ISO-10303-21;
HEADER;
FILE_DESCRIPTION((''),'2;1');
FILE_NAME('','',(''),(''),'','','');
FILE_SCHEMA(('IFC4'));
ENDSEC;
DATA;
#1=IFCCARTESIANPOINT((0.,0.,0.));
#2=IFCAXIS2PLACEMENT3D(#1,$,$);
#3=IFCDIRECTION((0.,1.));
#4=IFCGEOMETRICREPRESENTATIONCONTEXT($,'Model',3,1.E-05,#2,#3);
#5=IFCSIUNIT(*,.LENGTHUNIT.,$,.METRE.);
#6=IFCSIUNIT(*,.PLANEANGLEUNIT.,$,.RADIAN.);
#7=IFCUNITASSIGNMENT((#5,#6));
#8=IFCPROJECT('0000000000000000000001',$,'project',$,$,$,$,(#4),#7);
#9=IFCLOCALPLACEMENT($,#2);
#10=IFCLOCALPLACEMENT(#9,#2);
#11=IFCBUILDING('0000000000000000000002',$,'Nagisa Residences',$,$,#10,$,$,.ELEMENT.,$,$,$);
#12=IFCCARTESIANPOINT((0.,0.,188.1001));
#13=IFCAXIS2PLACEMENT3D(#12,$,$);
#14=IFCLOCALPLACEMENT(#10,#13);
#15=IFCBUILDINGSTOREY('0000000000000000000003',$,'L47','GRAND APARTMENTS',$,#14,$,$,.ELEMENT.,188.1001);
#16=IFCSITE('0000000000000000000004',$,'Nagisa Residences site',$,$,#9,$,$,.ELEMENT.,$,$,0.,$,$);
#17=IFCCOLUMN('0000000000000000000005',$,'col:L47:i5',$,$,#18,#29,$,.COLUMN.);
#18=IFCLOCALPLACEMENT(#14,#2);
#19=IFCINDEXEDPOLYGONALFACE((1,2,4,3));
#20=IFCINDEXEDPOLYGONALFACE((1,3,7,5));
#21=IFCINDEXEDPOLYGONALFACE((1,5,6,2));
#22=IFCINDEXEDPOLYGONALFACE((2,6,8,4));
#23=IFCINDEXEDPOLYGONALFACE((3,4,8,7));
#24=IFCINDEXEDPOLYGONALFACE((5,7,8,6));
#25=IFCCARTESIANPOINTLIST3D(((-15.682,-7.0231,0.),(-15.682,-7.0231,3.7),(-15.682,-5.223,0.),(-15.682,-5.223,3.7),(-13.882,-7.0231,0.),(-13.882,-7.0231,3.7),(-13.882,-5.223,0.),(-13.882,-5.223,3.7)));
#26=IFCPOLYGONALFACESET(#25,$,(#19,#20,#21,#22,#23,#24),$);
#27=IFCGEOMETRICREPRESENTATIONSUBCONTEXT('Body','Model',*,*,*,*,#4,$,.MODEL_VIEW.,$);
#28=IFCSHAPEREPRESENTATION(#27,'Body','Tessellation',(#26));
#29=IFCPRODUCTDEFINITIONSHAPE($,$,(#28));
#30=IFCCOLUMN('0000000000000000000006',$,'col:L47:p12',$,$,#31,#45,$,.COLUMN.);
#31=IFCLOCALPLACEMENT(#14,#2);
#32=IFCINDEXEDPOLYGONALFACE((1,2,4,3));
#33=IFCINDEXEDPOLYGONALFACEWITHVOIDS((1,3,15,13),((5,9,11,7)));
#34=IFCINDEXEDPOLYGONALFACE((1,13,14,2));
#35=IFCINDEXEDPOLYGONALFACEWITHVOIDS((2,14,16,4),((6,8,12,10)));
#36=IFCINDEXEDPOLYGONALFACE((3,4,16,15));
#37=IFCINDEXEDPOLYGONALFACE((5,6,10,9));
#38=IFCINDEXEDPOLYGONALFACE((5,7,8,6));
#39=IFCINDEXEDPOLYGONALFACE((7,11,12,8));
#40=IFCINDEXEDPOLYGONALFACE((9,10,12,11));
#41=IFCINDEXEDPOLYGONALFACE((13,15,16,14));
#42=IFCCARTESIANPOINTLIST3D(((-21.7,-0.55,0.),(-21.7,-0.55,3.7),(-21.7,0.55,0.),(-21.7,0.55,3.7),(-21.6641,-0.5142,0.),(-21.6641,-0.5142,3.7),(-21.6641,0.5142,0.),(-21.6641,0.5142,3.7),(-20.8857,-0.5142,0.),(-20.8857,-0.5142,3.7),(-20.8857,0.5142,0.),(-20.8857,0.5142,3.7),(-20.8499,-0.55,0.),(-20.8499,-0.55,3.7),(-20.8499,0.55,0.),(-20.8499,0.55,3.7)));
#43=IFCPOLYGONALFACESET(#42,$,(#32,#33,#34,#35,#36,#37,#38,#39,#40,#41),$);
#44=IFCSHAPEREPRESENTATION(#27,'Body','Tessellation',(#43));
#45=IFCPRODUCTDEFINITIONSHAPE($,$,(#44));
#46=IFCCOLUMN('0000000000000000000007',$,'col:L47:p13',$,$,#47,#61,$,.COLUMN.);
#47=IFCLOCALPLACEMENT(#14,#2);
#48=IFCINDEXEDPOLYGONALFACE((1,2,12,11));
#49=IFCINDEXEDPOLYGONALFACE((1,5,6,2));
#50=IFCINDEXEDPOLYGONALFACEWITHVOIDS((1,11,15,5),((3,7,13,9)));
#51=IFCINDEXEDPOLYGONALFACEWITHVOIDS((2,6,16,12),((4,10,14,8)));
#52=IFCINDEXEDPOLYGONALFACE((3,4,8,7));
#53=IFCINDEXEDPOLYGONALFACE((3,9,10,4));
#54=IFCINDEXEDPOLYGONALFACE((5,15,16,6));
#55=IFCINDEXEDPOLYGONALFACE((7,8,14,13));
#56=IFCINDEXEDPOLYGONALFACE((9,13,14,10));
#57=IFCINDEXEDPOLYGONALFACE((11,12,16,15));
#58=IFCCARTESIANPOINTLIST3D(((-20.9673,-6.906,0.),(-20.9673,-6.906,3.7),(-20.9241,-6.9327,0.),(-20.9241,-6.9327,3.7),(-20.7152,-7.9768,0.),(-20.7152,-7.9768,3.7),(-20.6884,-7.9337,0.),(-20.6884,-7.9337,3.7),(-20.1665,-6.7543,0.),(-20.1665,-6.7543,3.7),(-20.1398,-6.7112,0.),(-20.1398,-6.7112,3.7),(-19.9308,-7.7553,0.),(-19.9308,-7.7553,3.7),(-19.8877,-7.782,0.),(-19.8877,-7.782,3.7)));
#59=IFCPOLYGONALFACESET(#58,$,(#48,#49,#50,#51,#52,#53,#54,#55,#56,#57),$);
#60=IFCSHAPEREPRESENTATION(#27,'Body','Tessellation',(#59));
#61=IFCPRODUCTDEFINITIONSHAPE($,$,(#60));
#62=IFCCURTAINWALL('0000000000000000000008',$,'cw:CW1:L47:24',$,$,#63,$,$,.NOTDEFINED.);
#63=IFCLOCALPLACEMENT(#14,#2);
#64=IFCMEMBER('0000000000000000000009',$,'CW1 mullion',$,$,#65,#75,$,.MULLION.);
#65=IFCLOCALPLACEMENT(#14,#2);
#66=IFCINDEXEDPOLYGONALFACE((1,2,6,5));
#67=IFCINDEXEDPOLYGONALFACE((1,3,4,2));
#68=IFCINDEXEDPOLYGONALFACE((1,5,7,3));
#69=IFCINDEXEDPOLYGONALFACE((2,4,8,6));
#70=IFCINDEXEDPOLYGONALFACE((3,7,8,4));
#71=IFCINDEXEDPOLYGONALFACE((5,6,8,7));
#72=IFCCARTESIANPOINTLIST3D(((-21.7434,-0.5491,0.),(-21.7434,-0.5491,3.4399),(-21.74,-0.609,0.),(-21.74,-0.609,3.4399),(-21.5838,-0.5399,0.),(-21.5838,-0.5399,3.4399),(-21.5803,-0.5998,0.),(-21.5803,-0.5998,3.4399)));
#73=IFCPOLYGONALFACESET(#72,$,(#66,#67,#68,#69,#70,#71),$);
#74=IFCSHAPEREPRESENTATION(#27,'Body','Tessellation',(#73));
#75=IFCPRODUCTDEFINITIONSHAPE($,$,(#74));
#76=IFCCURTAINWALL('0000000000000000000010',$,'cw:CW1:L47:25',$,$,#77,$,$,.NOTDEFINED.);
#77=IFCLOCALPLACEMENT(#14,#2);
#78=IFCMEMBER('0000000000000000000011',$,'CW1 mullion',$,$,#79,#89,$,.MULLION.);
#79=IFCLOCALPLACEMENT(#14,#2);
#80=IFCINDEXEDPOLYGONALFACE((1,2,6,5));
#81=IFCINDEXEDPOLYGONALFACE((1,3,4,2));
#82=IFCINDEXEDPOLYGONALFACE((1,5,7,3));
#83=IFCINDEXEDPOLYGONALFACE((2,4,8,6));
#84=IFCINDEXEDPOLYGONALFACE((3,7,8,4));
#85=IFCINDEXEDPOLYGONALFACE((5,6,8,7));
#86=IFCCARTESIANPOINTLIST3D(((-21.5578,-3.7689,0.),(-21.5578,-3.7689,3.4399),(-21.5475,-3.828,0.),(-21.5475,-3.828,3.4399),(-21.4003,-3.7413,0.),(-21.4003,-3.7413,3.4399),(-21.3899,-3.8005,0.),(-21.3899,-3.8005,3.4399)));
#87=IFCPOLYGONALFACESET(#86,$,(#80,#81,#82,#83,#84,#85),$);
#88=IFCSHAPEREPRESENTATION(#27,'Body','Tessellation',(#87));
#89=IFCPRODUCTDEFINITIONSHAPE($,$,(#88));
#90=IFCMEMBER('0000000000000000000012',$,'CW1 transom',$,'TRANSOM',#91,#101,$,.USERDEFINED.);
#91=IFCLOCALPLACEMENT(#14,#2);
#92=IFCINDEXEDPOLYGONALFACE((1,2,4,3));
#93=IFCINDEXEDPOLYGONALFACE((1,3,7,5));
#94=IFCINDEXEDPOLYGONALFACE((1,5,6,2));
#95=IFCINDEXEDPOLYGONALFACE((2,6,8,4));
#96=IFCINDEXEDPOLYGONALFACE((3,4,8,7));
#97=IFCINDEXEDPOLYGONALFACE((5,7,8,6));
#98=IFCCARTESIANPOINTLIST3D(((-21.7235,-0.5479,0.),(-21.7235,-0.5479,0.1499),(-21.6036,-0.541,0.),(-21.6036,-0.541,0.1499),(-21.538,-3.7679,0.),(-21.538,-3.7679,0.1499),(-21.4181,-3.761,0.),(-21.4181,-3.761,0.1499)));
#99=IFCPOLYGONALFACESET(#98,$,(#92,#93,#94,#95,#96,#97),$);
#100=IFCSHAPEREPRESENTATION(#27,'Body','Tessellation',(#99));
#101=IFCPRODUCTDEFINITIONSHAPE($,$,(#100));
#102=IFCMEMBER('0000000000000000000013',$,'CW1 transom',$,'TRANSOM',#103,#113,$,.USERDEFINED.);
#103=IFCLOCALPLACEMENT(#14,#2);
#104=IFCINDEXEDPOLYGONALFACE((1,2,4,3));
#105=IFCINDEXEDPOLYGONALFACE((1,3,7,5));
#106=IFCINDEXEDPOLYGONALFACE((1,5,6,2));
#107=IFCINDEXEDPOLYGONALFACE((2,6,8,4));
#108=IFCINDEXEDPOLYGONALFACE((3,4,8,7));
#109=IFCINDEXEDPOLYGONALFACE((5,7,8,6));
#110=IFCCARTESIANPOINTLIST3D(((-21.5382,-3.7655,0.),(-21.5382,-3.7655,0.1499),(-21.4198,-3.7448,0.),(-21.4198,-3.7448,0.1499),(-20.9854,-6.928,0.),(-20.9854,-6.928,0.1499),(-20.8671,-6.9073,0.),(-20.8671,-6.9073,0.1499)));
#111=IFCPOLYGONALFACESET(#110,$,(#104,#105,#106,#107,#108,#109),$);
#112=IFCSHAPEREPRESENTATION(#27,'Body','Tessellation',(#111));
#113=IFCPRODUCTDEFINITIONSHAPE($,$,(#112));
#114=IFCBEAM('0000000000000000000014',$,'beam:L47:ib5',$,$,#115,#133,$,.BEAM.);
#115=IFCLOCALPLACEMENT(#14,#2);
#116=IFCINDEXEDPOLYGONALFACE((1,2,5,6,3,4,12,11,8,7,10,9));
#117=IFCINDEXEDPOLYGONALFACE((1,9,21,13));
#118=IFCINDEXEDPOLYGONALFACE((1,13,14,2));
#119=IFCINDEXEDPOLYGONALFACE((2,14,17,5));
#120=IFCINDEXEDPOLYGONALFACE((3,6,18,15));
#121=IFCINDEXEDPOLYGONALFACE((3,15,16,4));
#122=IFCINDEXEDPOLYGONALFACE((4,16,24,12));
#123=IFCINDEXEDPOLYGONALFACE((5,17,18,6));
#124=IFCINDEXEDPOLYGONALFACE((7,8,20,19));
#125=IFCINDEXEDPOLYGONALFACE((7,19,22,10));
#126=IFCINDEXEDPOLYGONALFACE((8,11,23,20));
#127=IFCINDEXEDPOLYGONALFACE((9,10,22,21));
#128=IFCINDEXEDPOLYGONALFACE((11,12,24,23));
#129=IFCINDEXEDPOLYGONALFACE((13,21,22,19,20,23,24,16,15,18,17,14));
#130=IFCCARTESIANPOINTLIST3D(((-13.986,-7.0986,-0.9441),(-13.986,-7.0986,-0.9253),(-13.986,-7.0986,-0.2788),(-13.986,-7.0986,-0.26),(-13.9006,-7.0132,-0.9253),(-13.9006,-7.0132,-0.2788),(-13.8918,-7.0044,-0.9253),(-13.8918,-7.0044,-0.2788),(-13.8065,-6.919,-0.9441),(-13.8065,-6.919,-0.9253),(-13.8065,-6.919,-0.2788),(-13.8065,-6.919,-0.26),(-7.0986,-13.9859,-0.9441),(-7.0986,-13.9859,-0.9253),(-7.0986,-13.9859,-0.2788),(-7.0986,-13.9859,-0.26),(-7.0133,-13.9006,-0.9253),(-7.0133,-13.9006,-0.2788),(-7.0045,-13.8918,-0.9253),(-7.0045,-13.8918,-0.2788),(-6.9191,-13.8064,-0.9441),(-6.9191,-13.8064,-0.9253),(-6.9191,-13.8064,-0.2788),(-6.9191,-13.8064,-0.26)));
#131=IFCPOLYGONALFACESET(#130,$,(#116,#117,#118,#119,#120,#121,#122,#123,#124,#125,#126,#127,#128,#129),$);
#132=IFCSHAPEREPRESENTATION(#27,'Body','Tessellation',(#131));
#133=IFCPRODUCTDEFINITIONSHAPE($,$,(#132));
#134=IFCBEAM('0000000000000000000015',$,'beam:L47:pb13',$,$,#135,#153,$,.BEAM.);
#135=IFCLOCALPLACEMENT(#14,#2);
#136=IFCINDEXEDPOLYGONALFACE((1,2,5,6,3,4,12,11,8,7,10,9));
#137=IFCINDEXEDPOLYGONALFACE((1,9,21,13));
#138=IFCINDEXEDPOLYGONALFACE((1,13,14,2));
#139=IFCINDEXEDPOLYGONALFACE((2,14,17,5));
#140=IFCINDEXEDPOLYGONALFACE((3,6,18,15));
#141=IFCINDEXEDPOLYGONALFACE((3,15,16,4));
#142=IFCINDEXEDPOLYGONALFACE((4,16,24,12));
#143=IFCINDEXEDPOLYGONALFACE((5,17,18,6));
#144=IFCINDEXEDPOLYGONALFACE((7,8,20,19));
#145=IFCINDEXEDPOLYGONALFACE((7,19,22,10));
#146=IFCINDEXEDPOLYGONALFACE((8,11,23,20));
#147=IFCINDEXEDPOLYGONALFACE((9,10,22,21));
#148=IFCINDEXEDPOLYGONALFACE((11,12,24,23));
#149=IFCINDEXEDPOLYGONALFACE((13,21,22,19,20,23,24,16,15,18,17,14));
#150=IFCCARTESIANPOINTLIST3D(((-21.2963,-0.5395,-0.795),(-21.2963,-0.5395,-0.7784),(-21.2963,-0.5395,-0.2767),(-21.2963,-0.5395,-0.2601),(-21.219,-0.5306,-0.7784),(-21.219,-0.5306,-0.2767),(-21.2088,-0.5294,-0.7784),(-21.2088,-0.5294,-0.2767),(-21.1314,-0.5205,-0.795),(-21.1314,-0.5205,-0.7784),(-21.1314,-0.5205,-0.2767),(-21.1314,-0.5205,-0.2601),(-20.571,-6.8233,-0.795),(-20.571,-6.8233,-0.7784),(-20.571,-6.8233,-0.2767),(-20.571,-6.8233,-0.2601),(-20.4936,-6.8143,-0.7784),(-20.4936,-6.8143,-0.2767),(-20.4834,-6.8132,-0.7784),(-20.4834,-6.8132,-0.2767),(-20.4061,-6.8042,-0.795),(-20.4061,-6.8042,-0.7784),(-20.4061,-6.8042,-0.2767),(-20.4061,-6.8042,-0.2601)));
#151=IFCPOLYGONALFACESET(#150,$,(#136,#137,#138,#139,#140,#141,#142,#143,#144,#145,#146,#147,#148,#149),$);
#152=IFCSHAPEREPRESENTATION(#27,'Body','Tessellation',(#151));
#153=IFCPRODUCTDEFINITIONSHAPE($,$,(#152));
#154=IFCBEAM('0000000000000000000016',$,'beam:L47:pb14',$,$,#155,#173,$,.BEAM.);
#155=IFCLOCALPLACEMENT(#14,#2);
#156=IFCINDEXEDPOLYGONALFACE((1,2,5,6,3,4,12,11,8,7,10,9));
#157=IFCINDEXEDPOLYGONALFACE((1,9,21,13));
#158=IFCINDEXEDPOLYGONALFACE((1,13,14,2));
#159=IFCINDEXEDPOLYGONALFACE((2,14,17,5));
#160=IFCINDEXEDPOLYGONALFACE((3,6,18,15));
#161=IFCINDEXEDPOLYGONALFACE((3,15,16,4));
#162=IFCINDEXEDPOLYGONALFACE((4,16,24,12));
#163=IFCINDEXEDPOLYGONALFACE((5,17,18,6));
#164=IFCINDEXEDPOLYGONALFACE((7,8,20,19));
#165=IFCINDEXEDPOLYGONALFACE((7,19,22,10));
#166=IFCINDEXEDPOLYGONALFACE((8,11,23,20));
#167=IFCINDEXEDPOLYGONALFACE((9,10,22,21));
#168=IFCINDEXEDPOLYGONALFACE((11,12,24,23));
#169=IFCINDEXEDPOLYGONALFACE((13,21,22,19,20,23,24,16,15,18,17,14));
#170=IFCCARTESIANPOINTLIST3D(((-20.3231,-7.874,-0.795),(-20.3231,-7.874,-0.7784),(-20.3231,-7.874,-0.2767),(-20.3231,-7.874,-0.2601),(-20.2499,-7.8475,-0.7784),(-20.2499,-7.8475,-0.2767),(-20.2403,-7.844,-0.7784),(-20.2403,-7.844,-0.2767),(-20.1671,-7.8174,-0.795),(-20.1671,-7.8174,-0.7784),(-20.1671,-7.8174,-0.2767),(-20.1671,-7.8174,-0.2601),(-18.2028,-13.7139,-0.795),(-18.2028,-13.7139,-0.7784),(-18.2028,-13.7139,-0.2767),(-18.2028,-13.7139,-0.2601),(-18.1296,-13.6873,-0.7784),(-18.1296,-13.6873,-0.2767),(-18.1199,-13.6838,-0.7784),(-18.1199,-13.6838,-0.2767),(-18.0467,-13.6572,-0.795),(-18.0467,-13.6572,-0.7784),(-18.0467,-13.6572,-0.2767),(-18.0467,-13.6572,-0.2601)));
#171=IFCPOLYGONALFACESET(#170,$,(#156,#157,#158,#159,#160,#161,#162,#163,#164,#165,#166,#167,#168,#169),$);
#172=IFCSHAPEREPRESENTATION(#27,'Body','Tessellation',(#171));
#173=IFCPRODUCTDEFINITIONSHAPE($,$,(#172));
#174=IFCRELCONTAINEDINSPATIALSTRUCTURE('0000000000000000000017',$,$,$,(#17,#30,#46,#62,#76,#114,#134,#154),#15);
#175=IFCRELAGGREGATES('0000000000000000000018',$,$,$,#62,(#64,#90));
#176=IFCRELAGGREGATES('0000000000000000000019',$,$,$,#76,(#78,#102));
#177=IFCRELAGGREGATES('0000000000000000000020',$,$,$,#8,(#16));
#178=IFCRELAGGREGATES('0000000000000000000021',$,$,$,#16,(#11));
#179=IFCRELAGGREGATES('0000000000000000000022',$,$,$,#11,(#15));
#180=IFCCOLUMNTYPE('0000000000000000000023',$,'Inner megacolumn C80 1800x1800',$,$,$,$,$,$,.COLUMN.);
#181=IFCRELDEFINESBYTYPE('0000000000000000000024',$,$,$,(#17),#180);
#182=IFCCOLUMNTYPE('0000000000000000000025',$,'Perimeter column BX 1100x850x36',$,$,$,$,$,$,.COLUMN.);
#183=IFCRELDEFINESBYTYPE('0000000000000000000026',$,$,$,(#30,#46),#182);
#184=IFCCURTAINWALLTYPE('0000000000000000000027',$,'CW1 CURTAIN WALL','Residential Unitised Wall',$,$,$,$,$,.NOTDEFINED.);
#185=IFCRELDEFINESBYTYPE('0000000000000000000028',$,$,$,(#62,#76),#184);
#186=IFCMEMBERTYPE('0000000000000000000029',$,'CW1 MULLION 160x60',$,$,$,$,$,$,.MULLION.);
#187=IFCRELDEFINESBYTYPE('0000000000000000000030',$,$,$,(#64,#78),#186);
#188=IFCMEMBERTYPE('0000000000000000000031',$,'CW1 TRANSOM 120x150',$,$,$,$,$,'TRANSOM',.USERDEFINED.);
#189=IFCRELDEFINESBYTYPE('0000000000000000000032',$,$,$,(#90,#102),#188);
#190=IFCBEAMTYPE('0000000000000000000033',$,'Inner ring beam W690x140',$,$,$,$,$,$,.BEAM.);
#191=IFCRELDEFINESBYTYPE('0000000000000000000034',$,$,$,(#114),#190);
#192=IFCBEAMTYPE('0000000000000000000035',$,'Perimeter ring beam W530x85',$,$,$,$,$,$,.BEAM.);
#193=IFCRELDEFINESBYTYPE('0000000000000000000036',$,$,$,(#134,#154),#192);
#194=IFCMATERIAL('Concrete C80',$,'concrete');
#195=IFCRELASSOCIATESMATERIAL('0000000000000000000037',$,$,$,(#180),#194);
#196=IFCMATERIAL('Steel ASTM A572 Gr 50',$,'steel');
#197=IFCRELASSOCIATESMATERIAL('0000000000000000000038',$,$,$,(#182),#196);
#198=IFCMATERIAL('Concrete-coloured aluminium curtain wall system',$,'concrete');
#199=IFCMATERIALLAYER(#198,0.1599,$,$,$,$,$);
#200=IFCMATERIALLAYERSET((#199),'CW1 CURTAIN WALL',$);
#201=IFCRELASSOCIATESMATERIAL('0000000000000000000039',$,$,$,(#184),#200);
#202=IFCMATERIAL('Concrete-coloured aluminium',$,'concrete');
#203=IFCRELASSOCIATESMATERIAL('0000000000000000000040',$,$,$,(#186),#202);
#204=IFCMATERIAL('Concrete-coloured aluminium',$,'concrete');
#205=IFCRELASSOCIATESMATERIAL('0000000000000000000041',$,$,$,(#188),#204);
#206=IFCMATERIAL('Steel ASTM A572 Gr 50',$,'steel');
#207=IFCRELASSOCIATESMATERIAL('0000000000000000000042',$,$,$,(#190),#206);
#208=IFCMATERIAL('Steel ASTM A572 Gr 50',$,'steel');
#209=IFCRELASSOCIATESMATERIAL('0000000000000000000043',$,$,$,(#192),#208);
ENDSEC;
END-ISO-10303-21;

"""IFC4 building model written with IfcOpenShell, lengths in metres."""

from ifc_helpers import new_model, si_unit, direction, frame, origin, origin_2d, place, context, subcontext, project, spatial, rectangle, hollow_rectangle, i_section, extrude, material, layer, layer_set, material_profile, profile_set, type_object, element, aggregate, save


model = new_model("IFC4")

# Units and contexts
model_context = context("Model", 3, precision=1e-05, world=origin(), true_north=direction((0.0, 1.0)))
body_context = subcontext(model_context, "Body", "Model", "MODEL_VIEW")
ifc_project = project(units=[si_unit("LENGTHUNIT", "METRE"), si_unit("PLANEANGLEUNIT", "RADIAN")], contexts=[model_context])

# Site, building, storey
site_placement = place(None, origin())
site = spatial("IfcSite", under=ifc_project, at=site_placement, Name="Nagisa Residences site", CompositionType="ELEMENT", RefElevation=0.0)
building_placement = place(site_placement, origin())
building = spatial("IfcBuilding", under=site, at=building_placement, Name="Nagisa Residences", CompositionType="ELEMENT")
storey_placement = place(building_placement, frame((0.0, 0.0, 188.1001)))
storey = spatial("IfcBuildingStorey", under=building, at=storey_placement, Name="L47", Description="GRAND APARTMENTS", CompositionType="ELEMENT", Elevation=188.1001)

# Columns
ifc_material_1 = material(Name="Concrete C80", Category="concrete")
ifc_material_profile_1 = material_profile(ifc_material_1, rectangle(XDim=1.8, YDim=1.8, at=origin_2d()), Name="C80 1800x1800")
ifc_profile_set_1 = profile_set([ifc_material_profile_1], Name="Concrete C80")
column_type_1 = type_object("IfcColumnType", Name="Inner megacolumn C80 1800x1800", PredefinedType="COLUMN", material=ifc_profile_set_1)
column_placement = place(storey_placement, frame((-14.782, -6.123, 0.0), z_axis=(0.0, 0.0, 1.0), x_axis=(1.0, 0.0, 0.0)))
element("IfcColumn", 1, at=column_placement, inside=storey, type_object=column_type_1, Name="col:L47:i5", PredefinedType="COLUMN", context=body_context, shape_type="SweptSolid", body=[
    extrude(rectangle(XDim=1.8, YDim=1.8, at=origin_2d()), origin(), (0.0, 0.0, 1.0), 3.7),
])
ifc_material_2 = material(Name="Steel ASTM A572 Gr 50", Category="steel")
ifc_material_profile_2 = material_profile(ifc_material_2, hollow_rectangle(XDim=1.1001, YDim=0.8501, WallThickness=0.0359, at=origin_2d()), Name="BX 1100x850x36")
ifc_profile_set_2 = profile_set([ifc_material_profile_2], Name="Steel ASTM A572 Gr 50")
column_type_2 = type_object("IfcColumnType", Name="Perimeter column BX 1100x850x36", PredefinedType="COLUMN", material=ifc_profile_set_2)
for number, where, z_axis, x_axis, name in (
    (2, (-21.2749, 0.0, 0.0), (0.0, 0.0, 1.0), (0.0, -1.0, 0.0), "col:L47:p12"),
    (3, (-20.4275, -7.344, 0.0), (0.0, 0.0, 1.0), (0.229202, -0.973379, 0.0), "col:L47:p13"),
):
    element("IfcColumn", number, at=place(storey_placement, frame(where, z_axis=z_axis, x_axis=x_axis)), inside=storey, type_object=column_type_2, Name=name, PredefinedType="COLUMN", context=body_context, shape_type="SweptSolid", body=[
        extrude(hollow_rectangle(XDim=1.1001, YDim=0.8501, WallThickness=0.0359, at=origin_2d()), origin(), (0.0, 0.0, 1.0), 3.7),
    ])

# Curtain walls, members
ifc_material_3 = material(Name="Concrete-coloured aluminium curtain wall system", Category="concrete")
ifc_layer_1 = layer(ifc_material_3, 0.1599)
ifc_layer_set_1 = layer_set([ifc_layer_1], Name="CW1 CURTAIN WALL")
curtain_wall_type = type_object("IfcCurtainWallType", Name="CW1 CURTAIN WALL", Description="Residential Unitised Wall", PredefinedType="NOTDEFINED", material=ifc_layer_set_1)
curtain_wall_1_placement = place(storey_placement, origin())
curtain_wall_1 = element("IfcCurtainWall", 4, at=curtain_wall_1_placement, inside=storey, type_object=curtain_wall_type, Name="cw:CW1:L47:24", PredefinedType="NOTDEFINED")
ifc_material_4 = material(Name="Concrete-coloured aluminium", Category="concrete")
ifc_material_profile_3 = material_profile(ifc_material_4, rectangle(XDim=0.1599, YDim=0.0601, at=origin_2d()), Name="CW1 MULLION 160x60")
ifc_profile_set_3 = profile_set([ifc_material_profile_3], Name="Concrete-coloured aluminium")
member_type_1 = type_object("IfcMemberType", Name="CW1 MULLION 160x60", PredefinedType="MULLION", material=ifc_profile_set_3)
member_1_placement = place(storey_placement, frame((-21.6619, -0.5745, 0.0), z_axis=(0.0, 0.0, 1.0), x_axis=(0.998345, 0.057503, 0.0)))
member_1 = element("IfcMember", 5, at=member_1_placement, type_object=member_type_1, Name="CW1 mullion", PredefinedType="MULLION", context=body_context, shape_type="SweptSolid", body=[
    extrude(rectangle(XDim=0.1599, YDim=0.0601, at=origin_2d()), origin(), (0.0, 0.0, 1.0), 3.4399),
])
curtain_wall_2_placement = place(storey_placement, origin())
curtain_wall_2 = element("IfcCurtainWall", 6, at=curtain_wall_2_placement, inside=storey, type_object=curtain_wall_type, Name="cw:CW1:L47:25", PredefinedType="NOTDEFINED")
member_2_placement = place(storey_placement, frame((-21.4739, -3.7847, 0.0), z_axis=(0.0, 0.0, 1.0), x_axis=(0.985064, 0.172191, 0.0)))
member_2 = element("IfcMember", 7, at=member_2_placement, type_object=member_type_1, Name="CW1 mullion", PredefinedType="MULLION", context=body_context, shape_type="SweptSolid", body=[
    extrude(rectangle(XDim=0.1599, YDim=0.0601, at=origin_2d()), origin(), (0.0, 0.0, 1.0), 3.4399),
])

# Members
ifc_material_5 = material(Name="Concrete-coloured aluminium", Category="concrete")
ifc_material_profile_4 = material_profile(ifc_material_5, rectangle(XDim=0.1201, YDim=0.1499, at=origin_2d()), Name="CW1 TRANSOM 120x150")
ifc_profile_set_4 = profile_set([ifc_material_profile_4], Name="Concrete-coloured aluminium")
member_type_2 = type_object("IfcMemberType", Name="CW1 TRANSOM 120x150", ElementType="TRANSOM", PredefinedType="USERDEFINED", material=ifc_profile_set_4)
member_3_placement = place(storey_placement, frame((-21.6636, -0.5444, 0.075), z_axis=(0.057528, -0.998344, 0.0), x_axis=(0.998344, 0.057528, 0.0)))
member_3 = element("IfcMember", 8, at=member_3_placement, type_object=member_type_2, Name="CW1 transom", ObjectType="TRANSOM", PredefinedType="USERDEFINED", context=body_context, shape_type="SweptSolid", body=[
    extrude(rectangle(XDim=0.1201, YDim=0.1499, at=origin_2d()), origin(), (0.0, 0.0, 1.0), 3.2253),
])
member_4_placement = place(storey_placement, frame((-21.479, -3.7551, 0.075), z_axis=(0.172163, -0.985069, 0.0), x_axis=(0.985069, 0.172163, 0.0)))
member_4 = element("IfcMember", 9, at=member_4_placement, type_object=member_type_2, Name="CW1 transom", ObjectType="TRANSOM", PredefinedType="USERDEFINED", context=body_context, shape_type="SweptSolid", body=[
    extrude(rectangle(XDim=0.1201, YDim=0.1499, at=origin_2d()), origin(), (0.0, 0.0, 1.0), 3.2104),
])

# Beams
ifc_material_6 = material(Name="Steel ASTM A572 Gr 50", Category="steel")
ifc_material_profile_5 = material_profile(ifc_material_6, i_section(OverallWidth=0.2539, OverallDepth=0.6841, WebThickness=0.0125, FlangeThickness=0.0188, at=origin_2d()), Name="W690x140")
ifc_profile_set_5 = profile_set([ifc_material_profile_5], Name="Steel ASTM A572 Gr 50")
beam_type_1 = type_object("IfcBeamType", Name="Inner ring beam W690x140", PredefinedType="BEAM", material=ifc_profile_set_5)
beam_1_placement = place(storey_placement, frame((-13.8962, -7.0088, -0.6021), z_axis=(0.707107, -0.707107, 0.0), x_axis=(0.707107, 0.707107, 0.0)))
element("IfcBeam", 10, at=beam_1_placement, inside=storey, type_object=beam_type_1, Name="beam:L47:ib5", PredefinedType="BEAM", context=body_context, shape_type="SweptSolid", body=[
    extrude(i_section(OverallWidth=0.2539, OverallDepth=0.6841, WebThickness=0.0125, FlangeThickness=0.0188, at=origin_2d()), origin(), (0.0, 0.0, 1.0), 9.7402),
])
ifc_material_7 = material(Name="Steel ASTM A572 Gr 50", Category="steel")
ifc_material_profile_6 = material_profile(ifc_material_7, i_section(OverallWidth=0.166, OverallDepth=0.5349, WebThickness=0.0103, FlangeThickness=0.0166, at=origin_2d()), Name="W530x85")
ifc_profile_set_6 = profile_set([ifc_material_profile_6], Name="Steel ASTM A572 Gr 50")
beam_type_2 = type_object("IfcBeamType", Name="Perimeter ring beam W530x85", PredefinedType="BEAM", material=ifc_profile_set_6)
beam_2_placement = place(storey_placement, frame((-21.2139, -0.53, -0.5276), z_axis=(0.114671, -0.993404, 0.0), x_axis=(0.993404, 0.114671, 0.0)))
element("IfcBeam", 11, at=beam_2_placement, inside=storey, type_object=beam_type_2, Name="beam:L47:pb13", PredefinedType="BEAM", context=body_context, shape_type="SweptSolid", body=[
    extrude(i_section(OverallWidth=0.166, OverallDepth=0.5349, WebThickness=0.0103, FlangeThickness=0.0166, at=origin_2d()), origin(), (0.0, 0.0, 1.0), 6.3254),
])
beam_3_placement = place(storey_placement, frame((-20.2451, -7.8457, -0.5276), z_axis=(0.341286, -0.93996, 0.0), x_axis=(0.93996, 0.341286, 0.0)))
element("IfcBeam", 12, at=beam_3_placement, inside=storey, type_object=beam_type_2, Name="beam:L47:pb14", PredefinedType="BEAM", context=body_context, shape_type="SweptSolid", body=[
    extrude(i_section(OverallWidth=0.166, OverallDepth=0.5349, WebThickness=0.0103, FlangeThickness=0.0166, at=origin_2d()), origin(), (0.0, 0.0, 1.0), 6.2129),
])

aggregate(curtain_wall_1, [member_1, member_3])
aggregate(curtain_wall_2, [member_2, member_4])

save(model, "model.ifc")
